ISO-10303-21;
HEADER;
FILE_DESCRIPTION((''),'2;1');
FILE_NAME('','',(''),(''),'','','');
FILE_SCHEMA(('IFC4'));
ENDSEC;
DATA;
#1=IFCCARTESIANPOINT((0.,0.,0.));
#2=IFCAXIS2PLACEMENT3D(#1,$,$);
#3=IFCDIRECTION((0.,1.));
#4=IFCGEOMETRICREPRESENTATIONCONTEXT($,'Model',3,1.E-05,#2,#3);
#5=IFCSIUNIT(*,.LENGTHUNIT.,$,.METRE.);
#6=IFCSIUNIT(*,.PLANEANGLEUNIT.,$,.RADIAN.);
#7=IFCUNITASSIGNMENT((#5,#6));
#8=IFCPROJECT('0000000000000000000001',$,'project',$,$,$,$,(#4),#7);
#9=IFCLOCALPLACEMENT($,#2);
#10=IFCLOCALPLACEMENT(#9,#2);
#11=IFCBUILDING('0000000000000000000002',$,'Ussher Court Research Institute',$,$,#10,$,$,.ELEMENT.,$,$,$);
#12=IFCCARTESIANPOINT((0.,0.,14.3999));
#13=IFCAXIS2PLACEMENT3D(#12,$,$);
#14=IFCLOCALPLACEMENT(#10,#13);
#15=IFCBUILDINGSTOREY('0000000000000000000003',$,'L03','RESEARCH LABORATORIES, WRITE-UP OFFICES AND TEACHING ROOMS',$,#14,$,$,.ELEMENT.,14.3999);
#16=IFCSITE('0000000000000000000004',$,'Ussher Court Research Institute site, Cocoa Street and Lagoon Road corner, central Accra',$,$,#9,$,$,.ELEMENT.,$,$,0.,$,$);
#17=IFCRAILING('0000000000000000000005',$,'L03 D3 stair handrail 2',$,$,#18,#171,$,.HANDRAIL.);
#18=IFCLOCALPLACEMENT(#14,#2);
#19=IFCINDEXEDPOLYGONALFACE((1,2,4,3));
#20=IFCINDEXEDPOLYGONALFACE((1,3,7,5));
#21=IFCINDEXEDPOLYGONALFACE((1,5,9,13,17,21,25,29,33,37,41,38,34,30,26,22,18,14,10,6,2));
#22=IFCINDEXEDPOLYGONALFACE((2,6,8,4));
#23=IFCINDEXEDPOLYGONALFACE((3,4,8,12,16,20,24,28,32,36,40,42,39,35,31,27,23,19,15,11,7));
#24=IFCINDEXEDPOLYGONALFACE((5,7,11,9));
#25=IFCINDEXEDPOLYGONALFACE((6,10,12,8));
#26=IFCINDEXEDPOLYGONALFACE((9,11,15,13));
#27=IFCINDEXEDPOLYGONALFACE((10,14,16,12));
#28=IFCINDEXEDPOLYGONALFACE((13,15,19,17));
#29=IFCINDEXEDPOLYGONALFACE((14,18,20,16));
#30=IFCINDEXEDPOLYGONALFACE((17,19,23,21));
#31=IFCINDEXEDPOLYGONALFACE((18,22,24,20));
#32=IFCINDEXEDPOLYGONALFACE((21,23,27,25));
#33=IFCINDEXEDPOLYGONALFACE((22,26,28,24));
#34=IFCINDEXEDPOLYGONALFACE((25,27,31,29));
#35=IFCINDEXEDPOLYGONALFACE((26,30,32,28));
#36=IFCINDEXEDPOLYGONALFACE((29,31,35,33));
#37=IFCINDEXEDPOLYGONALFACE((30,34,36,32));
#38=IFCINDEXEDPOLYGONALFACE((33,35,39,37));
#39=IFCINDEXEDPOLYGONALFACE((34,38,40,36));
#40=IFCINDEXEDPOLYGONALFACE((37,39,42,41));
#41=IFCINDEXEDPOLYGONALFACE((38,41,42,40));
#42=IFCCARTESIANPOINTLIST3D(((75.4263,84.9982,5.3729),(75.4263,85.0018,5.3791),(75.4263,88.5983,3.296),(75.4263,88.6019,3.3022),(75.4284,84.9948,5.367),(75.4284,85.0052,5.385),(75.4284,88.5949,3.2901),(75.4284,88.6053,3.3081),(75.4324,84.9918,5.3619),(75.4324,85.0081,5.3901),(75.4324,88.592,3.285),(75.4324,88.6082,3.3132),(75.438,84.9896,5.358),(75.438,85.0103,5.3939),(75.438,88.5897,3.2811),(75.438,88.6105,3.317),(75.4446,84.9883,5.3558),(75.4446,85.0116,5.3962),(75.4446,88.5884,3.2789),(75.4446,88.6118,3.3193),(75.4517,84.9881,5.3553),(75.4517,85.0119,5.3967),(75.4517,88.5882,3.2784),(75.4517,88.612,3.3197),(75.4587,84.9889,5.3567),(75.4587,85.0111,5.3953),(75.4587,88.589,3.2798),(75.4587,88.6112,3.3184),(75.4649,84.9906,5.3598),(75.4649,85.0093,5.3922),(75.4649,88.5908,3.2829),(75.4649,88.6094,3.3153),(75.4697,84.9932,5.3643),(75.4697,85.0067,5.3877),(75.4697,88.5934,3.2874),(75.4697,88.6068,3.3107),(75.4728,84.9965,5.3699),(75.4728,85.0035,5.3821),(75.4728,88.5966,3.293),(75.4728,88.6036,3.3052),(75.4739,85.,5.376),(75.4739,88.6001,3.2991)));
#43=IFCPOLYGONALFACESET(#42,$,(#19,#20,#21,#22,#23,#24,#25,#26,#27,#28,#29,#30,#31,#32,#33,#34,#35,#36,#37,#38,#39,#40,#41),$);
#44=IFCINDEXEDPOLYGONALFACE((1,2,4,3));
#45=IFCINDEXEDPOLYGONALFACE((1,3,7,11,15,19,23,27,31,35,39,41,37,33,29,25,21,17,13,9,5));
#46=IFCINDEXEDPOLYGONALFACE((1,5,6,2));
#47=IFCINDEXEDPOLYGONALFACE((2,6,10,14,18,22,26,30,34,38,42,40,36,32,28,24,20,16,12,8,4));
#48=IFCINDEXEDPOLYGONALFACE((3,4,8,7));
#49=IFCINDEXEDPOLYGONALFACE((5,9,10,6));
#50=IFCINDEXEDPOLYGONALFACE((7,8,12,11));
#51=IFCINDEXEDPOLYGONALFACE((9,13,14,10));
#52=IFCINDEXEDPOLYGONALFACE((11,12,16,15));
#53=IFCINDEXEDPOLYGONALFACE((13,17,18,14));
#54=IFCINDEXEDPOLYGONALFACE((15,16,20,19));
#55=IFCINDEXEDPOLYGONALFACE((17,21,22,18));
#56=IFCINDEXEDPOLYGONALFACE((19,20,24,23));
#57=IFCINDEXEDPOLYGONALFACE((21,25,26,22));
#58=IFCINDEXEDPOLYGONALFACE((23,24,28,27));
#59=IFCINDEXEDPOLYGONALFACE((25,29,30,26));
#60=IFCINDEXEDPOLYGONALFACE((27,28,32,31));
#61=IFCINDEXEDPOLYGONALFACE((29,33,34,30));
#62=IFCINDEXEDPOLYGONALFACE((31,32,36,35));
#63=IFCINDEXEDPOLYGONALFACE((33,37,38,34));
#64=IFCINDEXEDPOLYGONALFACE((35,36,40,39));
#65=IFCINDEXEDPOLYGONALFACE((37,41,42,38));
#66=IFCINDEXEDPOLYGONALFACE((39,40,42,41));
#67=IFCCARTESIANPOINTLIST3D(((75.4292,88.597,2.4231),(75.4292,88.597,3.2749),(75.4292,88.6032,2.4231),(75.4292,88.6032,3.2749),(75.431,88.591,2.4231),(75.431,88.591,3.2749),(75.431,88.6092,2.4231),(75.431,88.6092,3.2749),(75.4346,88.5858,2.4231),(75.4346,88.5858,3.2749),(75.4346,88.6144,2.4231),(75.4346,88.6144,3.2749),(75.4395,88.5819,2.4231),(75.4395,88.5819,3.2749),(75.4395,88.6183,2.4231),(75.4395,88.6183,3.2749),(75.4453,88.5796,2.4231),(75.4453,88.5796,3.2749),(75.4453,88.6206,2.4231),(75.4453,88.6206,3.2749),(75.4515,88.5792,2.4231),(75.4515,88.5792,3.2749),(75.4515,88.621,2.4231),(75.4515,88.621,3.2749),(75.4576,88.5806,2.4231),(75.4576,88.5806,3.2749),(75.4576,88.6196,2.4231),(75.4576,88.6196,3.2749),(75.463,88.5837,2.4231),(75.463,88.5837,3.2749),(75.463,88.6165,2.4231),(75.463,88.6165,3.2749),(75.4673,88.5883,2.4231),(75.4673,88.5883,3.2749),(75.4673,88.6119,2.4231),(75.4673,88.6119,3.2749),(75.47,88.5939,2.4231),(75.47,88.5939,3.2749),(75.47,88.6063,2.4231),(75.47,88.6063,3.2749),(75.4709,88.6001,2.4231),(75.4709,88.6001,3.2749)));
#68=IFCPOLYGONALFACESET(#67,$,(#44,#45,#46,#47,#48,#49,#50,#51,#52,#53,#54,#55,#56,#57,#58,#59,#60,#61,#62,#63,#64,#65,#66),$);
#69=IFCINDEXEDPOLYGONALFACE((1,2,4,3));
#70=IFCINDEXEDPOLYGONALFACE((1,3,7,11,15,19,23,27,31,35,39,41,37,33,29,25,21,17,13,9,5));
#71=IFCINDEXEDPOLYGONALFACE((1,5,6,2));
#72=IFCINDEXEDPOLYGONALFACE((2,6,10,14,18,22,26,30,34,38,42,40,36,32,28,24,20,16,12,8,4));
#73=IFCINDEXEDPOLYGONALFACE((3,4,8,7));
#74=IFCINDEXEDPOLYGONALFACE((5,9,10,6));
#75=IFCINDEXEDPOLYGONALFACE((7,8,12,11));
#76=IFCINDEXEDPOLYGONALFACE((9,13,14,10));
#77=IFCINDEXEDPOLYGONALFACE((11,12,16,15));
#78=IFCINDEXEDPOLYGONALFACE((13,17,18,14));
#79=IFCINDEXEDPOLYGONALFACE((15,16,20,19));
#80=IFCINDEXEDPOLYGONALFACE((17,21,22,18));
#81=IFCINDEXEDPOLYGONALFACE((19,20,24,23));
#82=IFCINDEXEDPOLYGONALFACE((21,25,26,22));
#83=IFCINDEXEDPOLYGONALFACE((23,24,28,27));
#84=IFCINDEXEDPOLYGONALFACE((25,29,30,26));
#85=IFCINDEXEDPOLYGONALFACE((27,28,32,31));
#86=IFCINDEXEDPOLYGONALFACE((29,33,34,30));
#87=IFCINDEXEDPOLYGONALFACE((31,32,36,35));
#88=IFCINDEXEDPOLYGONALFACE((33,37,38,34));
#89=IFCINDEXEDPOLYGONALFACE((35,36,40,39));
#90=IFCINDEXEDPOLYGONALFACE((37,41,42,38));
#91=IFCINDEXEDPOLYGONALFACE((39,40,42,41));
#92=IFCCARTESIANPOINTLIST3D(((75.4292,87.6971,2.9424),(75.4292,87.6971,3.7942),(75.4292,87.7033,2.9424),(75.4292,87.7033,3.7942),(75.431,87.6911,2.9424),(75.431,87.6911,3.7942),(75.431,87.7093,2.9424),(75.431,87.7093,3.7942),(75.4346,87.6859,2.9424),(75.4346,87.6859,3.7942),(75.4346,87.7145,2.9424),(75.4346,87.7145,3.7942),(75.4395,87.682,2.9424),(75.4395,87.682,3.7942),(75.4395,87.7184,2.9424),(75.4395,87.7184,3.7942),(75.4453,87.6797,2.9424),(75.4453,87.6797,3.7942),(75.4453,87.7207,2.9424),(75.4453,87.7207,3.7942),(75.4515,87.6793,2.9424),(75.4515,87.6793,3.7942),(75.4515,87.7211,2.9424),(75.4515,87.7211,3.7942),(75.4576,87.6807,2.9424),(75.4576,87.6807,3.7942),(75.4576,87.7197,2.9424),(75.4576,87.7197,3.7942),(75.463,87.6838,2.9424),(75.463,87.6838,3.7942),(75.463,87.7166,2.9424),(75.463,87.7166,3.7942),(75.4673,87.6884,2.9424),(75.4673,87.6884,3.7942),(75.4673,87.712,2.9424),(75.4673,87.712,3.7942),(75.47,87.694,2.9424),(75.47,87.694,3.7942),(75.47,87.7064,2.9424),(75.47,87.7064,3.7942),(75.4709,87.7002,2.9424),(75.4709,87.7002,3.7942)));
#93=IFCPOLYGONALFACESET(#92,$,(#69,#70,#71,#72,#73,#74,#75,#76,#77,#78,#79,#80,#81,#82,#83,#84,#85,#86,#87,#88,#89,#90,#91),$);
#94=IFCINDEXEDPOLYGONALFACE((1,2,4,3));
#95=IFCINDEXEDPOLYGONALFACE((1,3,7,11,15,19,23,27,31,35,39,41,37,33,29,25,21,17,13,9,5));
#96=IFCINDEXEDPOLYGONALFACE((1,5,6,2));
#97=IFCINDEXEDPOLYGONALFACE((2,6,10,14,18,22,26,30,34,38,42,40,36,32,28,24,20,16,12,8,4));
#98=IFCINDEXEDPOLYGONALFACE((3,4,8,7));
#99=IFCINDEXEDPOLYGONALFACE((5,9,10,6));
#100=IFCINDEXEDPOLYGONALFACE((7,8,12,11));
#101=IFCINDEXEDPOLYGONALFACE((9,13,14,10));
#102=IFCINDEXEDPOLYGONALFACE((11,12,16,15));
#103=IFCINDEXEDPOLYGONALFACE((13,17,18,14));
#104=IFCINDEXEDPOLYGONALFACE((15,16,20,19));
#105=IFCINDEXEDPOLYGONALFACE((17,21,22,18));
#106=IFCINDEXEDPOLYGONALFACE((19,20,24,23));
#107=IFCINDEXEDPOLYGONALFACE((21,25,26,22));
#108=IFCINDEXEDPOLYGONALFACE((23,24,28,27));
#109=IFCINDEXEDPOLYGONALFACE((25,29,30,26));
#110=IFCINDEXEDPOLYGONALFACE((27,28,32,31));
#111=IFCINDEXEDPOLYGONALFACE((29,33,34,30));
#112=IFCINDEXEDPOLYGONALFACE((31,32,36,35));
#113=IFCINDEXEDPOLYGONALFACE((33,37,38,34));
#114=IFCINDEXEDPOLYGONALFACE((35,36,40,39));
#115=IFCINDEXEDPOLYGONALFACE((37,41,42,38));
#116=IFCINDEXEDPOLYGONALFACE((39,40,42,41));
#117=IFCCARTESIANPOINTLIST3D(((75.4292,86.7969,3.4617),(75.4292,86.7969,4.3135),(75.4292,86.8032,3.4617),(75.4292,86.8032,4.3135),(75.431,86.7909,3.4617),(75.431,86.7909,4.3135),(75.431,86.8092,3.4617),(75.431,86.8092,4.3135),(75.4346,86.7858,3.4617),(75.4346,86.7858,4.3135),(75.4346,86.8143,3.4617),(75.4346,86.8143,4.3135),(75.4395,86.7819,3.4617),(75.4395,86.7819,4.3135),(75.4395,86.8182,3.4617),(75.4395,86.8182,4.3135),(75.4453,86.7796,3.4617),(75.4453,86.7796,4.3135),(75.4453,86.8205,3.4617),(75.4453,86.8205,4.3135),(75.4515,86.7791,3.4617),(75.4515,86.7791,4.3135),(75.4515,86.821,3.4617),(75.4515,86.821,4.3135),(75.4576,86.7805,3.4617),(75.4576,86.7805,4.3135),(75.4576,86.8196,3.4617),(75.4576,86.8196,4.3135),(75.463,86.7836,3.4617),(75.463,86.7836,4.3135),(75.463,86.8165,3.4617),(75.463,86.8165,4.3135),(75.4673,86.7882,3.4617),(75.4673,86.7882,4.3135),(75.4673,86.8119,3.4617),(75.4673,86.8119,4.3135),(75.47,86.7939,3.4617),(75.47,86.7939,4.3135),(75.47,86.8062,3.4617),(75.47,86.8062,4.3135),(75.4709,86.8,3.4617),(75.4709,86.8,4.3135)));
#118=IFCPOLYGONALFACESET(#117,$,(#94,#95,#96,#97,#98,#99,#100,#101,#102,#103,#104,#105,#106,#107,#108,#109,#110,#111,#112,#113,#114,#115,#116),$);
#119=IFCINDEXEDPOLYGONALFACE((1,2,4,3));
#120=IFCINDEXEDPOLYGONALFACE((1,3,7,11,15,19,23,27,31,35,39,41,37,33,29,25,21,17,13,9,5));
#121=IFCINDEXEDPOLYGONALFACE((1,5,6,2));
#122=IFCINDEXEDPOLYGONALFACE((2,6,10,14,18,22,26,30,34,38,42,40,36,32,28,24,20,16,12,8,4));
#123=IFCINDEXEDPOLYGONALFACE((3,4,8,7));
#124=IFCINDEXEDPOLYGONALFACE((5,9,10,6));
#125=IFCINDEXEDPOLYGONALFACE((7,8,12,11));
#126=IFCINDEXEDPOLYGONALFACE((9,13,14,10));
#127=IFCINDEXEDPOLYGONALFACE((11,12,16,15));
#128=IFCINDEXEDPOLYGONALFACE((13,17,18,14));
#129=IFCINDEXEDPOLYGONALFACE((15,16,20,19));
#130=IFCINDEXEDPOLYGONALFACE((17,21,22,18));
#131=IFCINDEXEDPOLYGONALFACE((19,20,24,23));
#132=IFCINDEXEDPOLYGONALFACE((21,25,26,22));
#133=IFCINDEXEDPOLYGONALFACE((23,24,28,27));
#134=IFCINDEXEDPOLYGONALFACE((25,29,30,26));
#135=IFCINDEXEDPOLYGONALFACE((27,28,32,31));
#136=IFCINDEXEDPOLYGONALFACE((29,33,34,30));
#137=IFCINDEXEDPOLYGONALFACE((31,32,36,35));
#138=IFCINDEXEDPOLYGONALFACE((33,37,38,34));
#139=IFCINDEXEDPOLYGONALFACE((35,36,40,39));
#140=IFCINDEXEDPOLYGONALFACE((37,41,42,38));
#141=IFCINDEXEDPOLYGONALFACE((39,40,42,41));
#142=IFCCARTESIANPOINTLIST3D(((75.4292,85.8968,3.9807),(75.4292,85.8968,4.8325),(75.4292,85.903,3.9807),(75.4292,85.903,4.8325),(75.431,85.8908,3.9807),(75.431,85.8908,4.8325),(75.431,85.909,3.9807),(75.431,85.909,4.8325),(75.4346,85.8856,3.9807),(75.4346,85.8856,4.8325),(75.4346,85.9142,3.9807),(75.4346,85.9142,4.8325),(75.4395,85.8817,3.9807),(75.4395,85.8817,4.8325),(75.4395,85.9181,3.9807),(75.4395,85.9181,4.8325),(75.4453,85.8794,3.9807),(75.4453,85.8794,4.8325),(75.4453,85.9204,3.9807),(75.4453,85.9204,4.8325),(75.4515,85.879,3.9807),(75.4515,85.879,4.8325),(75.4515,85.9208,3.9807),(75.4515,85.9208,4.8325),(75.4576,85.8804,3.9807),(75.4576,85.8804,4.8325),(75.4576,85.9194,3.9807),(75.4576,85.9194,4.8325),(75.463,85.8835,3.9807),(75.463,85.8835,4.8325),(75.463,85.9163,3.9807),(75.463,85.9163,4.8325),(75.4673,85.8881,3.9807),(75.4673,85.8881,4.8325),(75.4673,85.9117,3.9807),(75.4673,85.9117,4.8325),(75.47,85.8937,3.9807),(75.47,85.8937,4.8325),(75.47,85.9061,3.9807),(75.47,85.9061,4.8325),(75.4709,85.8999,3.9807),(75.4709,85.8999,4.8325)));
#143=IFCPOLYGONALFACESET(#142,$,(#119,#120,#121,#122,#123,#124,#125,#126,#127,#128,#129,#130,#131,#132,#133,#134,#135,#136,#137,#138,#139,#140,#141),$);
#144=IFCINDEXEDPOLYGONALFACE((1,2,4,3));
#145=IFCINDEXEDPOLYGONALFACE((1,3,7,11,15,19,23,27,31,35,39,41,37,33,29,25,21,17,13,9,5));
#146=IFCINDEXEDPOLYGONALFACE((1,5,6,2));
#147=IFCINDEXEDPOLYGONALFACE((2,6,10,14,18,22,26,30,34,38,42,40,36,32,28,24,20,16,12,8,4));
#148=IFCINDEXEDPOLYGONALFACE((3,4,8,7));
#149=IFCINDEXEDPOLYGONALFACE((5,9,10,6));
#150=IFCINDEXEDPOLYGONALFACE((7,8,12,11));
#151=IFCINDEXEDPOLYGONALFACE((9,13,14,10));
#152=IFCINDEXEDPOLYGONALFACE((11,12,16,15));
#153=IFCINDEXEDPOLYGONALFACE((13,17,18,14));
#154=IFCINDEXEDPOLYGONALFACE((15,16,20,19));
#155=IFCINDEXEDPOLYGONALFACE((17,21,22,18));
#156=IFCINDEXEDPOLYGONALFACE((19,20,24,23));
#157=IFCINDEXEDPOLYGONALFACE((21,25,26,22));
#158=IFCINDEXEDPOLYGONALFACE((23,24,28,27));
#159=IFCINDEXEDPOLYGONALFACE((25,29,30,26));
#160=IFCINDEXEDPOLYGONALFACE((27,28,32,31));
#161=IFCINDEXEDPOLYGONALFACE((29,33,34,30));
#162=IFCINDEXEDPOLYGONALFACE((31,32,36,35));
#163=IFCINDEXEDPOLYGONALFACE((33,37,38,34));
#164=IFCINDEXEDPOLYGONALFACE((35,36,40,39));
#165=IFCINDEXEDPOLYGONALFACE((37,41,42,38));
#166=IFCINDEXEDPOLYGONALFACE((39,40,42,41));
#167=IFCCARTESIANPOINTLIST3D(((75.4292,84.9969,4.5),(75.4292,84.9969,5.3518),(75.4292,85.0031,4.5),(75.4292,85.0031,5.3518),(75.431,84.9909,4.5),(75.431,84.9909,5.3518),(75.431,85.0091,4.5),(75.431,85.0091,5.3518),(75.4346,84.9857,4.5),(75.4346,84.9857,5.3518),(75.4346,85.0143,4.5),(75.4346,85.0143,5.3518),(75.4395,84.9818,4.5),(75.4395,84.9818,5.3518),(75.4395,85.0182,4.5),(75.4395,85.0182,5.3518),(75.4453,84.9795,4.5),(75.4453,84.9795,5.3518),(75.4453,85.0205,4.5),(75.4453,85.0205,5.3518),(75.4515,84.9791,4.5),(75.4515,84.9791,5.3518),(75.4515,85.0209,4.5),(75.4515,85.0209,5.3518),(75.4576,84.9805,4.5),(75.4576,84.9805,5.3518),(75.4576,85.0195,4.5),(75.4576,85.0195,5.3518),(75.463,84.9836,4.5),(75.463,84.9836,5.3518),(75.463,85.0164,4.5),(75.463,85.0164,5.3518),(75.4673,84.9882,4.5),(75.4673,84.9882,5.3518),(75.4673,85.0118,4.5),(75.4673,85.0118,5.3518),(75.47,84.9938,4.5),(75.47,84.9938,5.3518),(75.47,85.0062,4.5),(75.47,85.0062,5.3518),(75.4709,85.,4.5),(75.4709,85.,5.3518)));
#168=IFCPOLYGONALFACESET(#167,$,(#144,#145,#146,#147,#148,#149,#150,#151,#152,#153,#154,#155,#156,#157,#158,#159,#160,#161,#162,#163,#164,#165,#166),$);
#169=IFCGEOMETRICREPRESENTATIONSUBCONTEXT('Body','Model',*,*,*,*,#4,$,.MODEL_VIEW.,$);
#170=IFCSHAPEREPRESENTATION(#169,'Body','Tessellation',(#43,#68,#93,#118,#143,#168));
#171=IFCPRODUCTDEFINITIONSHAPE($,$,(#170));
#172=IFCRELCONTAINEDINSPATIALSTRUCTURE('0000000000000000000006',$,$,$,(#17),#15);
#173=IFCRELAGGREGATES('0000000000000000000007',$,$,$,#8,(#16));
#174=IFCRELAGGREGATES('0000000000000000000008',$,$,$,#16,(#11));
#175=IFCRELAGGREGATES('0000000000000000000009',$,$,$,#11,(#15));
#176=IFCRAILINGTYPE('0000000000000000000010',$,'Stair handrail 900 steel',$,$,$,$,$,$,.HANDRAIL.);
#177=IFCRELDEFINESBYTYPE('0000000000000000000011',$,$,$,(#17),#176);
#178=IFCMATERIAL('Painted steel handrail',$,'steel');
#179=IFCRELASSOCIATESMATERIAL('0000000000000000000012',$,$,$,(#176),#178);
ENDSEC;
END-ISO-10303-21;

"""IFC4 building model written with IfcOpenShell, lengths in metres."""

from ifc_helpers import new_model, si_unit, direction, frame, origin, origin_2d, place, context, subcontext, project, spatial, circle, extrude, material, type_object, element, save


model = new_model("IFC4")

# Units and contexts
model_context = context("Model", 3, precision=1e-05, world=origin(), true_north=direction((0.0, 1.0)))
body_context = subcontext(model_context, "Body", "Model", "MODEL_VIEW")
ifc_project = project(units=[si_unit("LENGTHUNIT", "METRE"), si_unit("PLANEANGLEUNIT", "RADIAN")], contexts=[model_context])

# Site, building, storey
site_placement = place(None, origin())
site = spatial("IfcSite", under=ifc_project, at=site_placement, Name="Ussher Court Research Institute site, Cocoa Street and Lagoon Road corner, central Accra", CompositionType="ELEMENT", RefElevation=0.0)
building_placement = place(site_placement, origin())
building = spatial("IfcBuilding", under=site, at=building_placement, Name="Ussher Court Research Institute", CompositionType="ELEMENT")
storey_placement = place(building_placement, frame((0.0, 0.0, 14.3999)))
storey = spatial("IfcBuildingStorey", under=building, at=storey_placement, Name="L03", Description="RESEARCH LABORATORIES, WRITE-UP OFFICES AND TEACHING ROOMS", CompositionType="ELEMENT", Elevation=14.3999)

# Railing
ifc_material_1 = material(Name="Painted steel handrail", Category="steel")
railing_type_1 = type_object("IfcRailingType", Name="Stair handrail 900 steel", PredefinedType="HANDRAIL", material=ifc_material_1)
railing_1_placement = place(storey_placement, frame((75.45, 88.6001, 2.4231)))
element("IfcRailing", 1, at=railing_1_placement, inside=storey, type_object=railing_type_1, Name="L03 D3 stair handrail 2", PredefinedType="HANDRAIL", context=body_context, shape_type="SweptSolid", body=[
    extrude(circle(Radius=0.0239, at=origin_2d()), frame((0.0, 0.0, 0.876), z_axis=(0.0, -0.866193, 0.499709), x_axis=(1.0, 0.0, 0.0)), (0.0, 0.0, 1.0), 4.1562),
    extrude(circle(Radius=0.021, at=origin_2d()), origin(), (0.0, 0.0, 1.0), 0.8518),
    extrude(circle(Radius=0.021, at=origin_2d()), frame((0.0, -0.8999, 0.5193)), (0.0, 0.0, 1.0), 0.8518),
    extrude(circle(Radius=0.021, at=origin_2d()), frame((0.0, -1.8, 1.0386)), (0.0, 0.0, 1.0), 0.8518),
    extrude(circle(Radius=0.021, at=origin_2d()), frame((0.0, -2.7002, 1.5576)), (0.0, 0.0, 1.0), 0.8518),
    extrude(circle(Radius=0.021, at=origin_2d()), frame((0.0, -3.6001, 2.0769)), (0.0, 0.0, 1.0), 0.8518),
])

save(model, "model.ifc")
